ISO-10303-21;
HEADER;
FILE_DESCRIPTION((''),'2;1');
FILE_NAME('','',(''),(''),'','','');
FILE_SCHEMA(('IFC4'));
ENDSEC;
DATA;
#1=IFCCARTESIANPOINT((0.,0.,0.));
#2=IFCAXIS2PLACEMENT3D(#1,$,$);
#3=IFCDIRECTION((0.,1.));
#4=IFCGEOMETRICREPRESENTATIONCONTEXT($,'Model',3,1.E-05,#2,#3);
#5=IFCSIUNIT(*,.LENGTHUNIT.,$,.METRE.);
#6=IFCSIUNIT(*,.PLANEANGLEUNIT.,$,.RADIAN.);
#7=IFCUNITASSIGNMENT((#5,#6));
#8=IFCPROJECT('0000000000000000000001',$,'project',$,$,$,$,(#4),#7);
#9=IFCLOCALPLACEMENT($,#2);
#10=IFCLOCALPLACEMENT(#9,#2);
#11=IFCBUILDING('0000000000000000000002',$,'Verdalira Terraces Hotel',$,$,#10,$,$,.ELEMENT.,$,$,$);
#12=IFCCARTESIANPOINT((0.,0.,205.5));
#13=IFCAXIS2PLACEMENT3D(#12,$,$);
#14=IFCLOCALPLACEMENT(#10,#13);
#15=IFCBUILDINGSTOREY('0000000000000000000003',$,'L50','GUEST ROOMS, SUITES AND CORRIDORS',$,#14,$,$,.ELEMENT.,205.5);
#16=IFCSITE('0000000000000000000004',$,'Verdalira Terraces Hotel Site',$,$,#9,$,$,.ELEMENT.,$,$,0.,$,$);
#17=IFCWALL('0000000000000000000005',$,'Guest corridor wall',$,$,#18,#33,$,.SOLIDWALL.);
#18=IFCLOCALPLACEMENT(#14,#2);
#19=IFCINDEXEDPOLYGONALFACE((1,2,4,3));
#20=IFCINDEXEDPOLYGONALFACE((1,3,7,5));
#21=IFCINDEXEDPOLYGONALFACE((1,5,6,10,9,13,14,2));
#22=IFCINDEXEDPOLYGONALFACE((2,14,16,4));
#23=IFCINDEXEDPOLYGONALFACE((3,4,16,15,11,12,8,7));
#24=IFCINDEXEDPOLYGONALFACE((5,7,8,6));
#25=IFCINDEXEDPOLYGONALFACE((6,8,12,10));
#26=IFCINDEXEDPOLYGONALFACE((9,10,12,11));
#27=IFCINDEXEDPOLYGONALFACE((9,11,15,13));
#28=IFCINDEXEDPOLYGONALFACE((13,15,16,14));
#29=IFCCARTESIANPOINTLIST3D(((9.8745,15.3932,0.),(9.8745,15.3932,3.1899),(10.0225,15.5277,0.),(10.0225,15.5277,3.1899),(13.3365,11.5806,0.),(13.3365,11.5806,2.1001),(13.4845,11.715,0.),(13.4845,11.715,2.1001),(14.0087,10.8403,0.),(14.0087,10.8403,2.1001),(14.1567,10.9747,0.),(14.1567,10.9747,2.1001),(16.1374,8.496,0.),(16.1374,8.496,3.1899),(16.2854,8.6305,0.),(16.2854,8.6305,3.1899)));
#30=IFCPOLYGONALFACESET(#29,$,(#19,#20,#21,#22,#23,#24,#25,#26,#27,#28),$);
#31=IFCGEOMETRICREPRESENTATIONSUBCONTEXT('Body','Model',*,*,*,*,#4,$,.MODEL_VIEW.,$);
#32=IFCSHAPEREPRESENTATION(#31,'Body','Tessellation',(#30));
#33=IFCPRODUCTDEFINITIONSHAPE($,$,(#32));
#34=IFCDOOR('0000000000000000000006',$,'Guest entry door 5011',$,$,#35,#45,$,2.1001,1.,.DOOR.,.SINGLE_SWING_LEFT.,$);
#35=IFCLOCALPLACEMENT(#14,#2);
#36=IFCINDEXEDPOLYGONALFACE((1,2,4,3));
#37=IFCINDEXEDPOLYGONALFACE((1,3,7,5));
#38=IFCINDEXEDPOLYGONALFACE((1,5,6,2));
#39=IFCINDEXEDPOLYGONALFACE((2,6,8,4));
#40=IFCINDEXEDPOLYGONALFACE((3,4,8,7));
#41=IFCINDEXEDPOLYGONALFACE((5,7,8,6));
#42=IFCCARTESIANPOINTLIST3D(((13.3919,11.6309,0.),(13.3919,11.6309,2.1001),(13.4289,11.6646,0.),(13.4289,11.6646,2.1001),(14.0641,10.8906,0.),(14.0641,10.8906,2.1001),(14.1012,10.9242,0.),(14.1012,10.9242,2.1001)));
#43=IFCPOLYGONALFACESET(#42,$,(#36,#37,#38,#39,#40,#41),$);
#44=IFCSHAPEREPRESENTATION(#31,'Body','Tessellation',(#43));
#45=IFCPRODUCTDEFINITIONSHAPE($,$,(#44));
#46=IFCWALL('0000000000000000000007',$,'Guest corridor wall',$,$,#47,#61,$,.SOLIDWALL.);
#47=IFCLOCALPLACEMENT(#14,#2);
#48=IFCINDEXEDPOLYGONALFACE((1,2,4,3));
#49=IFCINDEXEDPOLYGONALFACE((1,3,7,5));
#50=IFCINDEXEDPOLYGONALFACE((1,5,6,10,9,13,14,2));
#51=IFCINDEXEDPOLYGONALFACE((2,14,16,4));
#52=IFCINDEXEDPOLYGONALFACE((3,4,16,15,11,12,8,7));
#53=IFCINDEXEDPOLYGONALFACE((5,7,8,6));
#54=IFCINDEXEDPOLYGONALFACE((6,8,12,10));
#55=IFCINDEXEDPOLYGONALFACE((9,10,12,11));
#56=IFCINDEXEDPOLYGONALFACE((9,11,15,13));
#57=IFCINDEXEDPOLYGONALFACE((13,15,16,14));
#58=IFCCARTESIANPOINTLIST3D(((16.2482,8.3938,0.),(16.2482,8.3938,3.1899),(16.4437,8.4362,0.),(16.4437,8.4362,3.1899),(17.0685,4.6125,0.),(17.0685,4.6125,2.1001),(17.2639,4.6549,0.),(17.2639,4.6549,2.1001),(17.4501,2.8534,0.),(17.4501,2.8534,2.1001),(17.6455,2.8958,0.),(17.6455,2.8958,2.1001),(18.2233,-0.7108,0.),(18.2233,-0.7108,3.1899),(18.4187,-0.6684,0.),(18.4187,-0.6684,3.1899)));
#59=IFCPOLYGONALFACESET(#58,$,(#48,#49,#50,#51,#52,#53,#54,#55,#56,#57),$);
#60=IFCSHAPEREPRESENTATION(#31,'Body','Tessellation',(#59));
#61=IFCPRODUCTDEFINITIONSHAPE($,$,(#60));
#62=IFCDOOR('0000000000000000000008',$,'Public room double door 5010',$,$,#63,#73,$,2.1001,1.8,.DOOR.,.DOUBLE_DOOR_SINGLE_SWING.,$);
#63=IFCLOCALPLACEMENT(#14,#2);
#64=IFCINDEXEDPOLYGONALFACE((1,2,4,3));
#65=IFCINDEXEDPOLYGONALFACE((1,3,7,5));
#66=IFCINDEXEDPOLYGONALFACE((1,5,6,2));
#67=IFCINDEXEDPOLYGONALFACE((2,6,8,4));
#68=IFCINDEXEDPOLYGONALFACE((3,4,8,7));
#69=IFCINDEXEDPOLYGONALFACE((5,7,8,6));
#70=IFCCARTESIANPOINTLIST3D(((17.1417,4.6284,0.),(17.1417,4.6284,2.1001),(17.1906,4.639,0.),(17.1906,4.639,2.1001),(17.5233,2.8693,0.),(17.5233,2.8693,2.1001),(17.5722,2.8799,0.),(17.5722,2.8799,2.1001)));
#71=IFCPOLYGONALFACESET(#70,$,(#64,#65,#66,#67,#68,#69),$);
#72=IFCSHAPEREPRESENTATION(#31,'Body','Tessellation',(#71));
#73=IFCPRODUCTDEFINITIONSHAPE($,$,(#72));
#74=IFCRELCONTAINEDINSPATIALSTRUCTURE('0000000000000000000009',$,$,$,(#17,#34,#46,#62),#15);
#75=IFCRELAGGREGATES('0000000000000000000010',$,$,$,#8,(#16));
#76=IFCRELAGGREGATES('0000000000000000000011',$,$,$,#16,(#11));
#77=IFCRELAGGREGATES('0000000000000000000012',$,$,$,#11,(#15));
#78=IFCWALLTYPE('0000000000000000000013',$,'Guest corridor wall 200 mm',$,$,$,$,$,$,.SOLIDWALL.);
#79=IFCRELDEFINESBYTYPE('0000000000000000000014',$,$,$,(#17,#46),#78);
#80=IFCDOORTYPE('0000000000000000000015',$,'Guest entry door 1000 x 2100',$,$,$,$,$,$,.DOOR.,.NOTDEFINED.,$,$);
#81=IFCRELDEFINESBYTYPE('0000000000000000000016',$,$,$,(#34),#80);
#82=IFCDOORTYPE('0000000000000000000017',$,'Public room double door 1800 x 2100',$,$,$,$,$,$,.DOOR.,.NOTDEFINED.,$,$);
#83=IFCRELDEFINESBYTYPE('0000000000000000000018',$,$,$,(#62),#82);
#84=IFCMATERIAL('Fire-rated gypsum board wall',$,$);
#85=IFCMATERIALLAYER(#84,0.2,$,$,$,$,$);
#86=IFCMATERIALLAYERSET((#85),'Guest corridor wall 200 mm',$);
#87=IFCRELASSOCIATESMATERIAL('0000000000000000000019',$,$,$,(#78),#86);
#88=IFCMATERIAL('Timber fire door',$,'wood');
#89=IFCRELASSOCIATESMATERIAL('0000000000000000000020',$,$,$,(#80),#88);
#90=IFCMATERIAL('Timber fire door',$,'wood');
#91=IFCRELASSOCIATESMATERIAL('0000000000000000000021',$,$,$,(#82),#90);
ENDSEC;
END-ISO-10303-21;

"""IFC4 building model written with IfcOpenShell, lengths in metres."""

from ifc_helpers import new_model, si_unit, direction, frame, frame_2d, origin, place, context, subcontext, project, spatial, rectangle, extrude, material, layer, layer_set, type_object, element, fill, save


model = new_model("IFC4")

# Units and contexts
model_context = context("Model", 3, precision=1e-05, world=origin(), true_north=direction((0.0, 1.0)))
body_context = subcontext(model_context, "Body", "Model", "MODEL_VIEW")
ifc_project = project(units=[si_unit("LENGTHUNIT", "METRE"), si_unit("PLANEANGLEUNIT", "RADIAN")], contexts=[model_context])

# Site, building, storey
site_placement = place(None, origin())
site = spatial("IfcSite", under=ifc_project, at=site_placement, Name="Verdalira Terraces Hotel Site", CompositionType="ELEMENT", RefElevation=0.0)
building_placement = place(site_placement, origin())
building = spatial("IfcBuilding", under=site, at=building_placement, Name="Verdalira Terraces Hotel", CompositionType="ELEMENT")
storey_placement = place(building_placement, frame((0.0, 0.0, 205.5)))
storey = spatial("IfcBuildingStorey", under=building, at=storey_placement, Name="L50", Description="GUEST ROOMS, SUITES AND CORRIDORS", CompositionType="ELEMENT", Elevation=205.5)

# Walls, openings, doors
ifc_material_1 = material(Name="Fire-rated gypsum board wall")
ifc_layer_1 = layer(ifc_material_1, 0.2)
ifc_layer_set_1 = layer_set([ifc_layer_1], Name="Guest corridor wall 200 mm")
wall_type_1 = type_object("IfcWallType", Name="Guest corridor wall 200 mm", PredefinedType="SOLIDWALL", material=ifc_layer_set_1)
wall_1_placement = place(storey_placement, frame((9.9485, 15.4604, 0.0), z_axis=(0.0, 0.0, 1.0), x_axis=(0.672246, -0.740328, 0.0)))
wall_1 = element("IfcWall", 1, at=wall_1_placement, inside=storey, type_object=wall_type_1, Name="Guest corridor wall", PredefinedType="SOLIDWALL", context=body_context, shape_type="SweptSolid", body=[
    extrude(rectangle(XDim=9.3164, YDim=0.2, at=frame_2d((4.6582, 0.0))), origin(), (0.0, 0.0, 1.0), 3.1899),
])
opening_1_placement = place(wall_1_placement, frame((5.1499, 0.0, 0.0)))
opening_1 = element("IfcOpeningElement", 2, at=opening_1_placement, cuts=wall_1, PredefinedType="OPENING", context=body_context, shape_type="SweptSolid", body=[
    extrude(rectangle(XDim=1.0, YDim=2.1001, at=frame_2d((0.5, 1.05))), frame((0.0, 0.1099, 0.0), z_axis=(0.0, -1.0, 0.0), x_axis=(1.0, 0.0, 0.0)), (0.0, 0.0, 1.0), 0.22),
])
ifc_material_2 = material(Name="Timber fire door", Category="wood")
door_type_1 = type_object("IfcDoorType", Name="Guest entry door 1000 x 2100", OperationType="NOTDEFINED", PredefinedType="DOOR", material=ifc_material_2)
door_1_placement = place(opening_1_placement, origin())
door_1 = element("IfcDoor", 3, at=door_1_placement, inside=storey, type_object=door_type_1, Name="Guest entry door 5011", OperationType="SINGLE_SWING_LEFT", OverallHeight=2.1001, OverallWidth=1.0, PredefinedType="DOOR", context=body_context, shape_type="SweptSolid", body=[
    extrude(rectangle(XDim=1.0, YDim=2.1001, at=frame_2d((0.5, 1.05))), frame((0.0, 0.0249, 0.0), z_axis=(0.0, -1.0, 0.0), x_axis=(1.0, 0.0, 0.0)), (0.0, 0.0, 1.0), 0.05),
])
fill(opening_1, door_1)
wall_2_placement = place(storey_placement, frame((16.3459, 8.415, 0.0), z_axis=(0.0, 0.0, 1.0), x_axis=(0.212, -0.97727, 0.0)))
wall_2 = element("IfcWall", 4, at=wall_2_placement, inside=storey, type_object=wall_type_1, Name="Guest corridor wall", PredefinedType="SOLIDWALL", context=body_context, shape_type="SweptSolid", body=[
    extrude(rectangle(XDim=9.3164, YDim=0.2, at=frame_2d((4.6582, 0.0))), origin(), (0.0, 0.0, 1.0), 3.1899),
])
opening_2_placement = place(wall_2_placement, frame((3.8694, 0.0, 0.0)))
opening_2 = element("IfcOpeningElement", 5, at=opening_2_placement, cuts=wall_2, PredefinedType="OPENING", context=body_context, shape_type="SweptSolid", body=[
    extrude(rectangle(XDim=1.8, YDim=2.1001, at=frame_2d((0.8999, 1.05))), frame((0.0, 0.1099, 0.0), z_axis=(0.0, -1.0, 0.0), x_axis=(1.0, 0.0, 0.0)), (0.0, 0.0, 1.0), 0.22),
])
ifc_material_3 = material(Name="Timber fire door", Category="wood")
door_type_2 = type_object("IfcDoorType", Name="Public room double door 1800 x 2100", OperationType="NOTDEFINED", PredefinedType="DOOR", material=ifc_material_3)
door_2_placement = place(opening_2_placement, origin())
door_2 = element("IfcDoor", 6, at=door_2_placement, inside=storey, type_object=door_type_2, Name="Public room double door 5010", OperationType="DOUBLE_DOOR_SINGLE_SWING", OverallHeight=2.1001, OverallWidth=1.8, PredefinedType="DOOR", context=body_context, shape_type="SweptSolid", body=[
    extrude(rectangle(XDim=1.8, YDim=2.1001, at=frame_2d((0.8999, 1.05))), frame((0.0, 0.0249, 0.0), z_axis=(0.0, -1.0, 0.0), x_axis=(1.0, 0.0, 0.0)), (0.0, 0.0, 1.0), 0.05),
])
fill(opening_2, door_2)

save(model, "model.ifc")
